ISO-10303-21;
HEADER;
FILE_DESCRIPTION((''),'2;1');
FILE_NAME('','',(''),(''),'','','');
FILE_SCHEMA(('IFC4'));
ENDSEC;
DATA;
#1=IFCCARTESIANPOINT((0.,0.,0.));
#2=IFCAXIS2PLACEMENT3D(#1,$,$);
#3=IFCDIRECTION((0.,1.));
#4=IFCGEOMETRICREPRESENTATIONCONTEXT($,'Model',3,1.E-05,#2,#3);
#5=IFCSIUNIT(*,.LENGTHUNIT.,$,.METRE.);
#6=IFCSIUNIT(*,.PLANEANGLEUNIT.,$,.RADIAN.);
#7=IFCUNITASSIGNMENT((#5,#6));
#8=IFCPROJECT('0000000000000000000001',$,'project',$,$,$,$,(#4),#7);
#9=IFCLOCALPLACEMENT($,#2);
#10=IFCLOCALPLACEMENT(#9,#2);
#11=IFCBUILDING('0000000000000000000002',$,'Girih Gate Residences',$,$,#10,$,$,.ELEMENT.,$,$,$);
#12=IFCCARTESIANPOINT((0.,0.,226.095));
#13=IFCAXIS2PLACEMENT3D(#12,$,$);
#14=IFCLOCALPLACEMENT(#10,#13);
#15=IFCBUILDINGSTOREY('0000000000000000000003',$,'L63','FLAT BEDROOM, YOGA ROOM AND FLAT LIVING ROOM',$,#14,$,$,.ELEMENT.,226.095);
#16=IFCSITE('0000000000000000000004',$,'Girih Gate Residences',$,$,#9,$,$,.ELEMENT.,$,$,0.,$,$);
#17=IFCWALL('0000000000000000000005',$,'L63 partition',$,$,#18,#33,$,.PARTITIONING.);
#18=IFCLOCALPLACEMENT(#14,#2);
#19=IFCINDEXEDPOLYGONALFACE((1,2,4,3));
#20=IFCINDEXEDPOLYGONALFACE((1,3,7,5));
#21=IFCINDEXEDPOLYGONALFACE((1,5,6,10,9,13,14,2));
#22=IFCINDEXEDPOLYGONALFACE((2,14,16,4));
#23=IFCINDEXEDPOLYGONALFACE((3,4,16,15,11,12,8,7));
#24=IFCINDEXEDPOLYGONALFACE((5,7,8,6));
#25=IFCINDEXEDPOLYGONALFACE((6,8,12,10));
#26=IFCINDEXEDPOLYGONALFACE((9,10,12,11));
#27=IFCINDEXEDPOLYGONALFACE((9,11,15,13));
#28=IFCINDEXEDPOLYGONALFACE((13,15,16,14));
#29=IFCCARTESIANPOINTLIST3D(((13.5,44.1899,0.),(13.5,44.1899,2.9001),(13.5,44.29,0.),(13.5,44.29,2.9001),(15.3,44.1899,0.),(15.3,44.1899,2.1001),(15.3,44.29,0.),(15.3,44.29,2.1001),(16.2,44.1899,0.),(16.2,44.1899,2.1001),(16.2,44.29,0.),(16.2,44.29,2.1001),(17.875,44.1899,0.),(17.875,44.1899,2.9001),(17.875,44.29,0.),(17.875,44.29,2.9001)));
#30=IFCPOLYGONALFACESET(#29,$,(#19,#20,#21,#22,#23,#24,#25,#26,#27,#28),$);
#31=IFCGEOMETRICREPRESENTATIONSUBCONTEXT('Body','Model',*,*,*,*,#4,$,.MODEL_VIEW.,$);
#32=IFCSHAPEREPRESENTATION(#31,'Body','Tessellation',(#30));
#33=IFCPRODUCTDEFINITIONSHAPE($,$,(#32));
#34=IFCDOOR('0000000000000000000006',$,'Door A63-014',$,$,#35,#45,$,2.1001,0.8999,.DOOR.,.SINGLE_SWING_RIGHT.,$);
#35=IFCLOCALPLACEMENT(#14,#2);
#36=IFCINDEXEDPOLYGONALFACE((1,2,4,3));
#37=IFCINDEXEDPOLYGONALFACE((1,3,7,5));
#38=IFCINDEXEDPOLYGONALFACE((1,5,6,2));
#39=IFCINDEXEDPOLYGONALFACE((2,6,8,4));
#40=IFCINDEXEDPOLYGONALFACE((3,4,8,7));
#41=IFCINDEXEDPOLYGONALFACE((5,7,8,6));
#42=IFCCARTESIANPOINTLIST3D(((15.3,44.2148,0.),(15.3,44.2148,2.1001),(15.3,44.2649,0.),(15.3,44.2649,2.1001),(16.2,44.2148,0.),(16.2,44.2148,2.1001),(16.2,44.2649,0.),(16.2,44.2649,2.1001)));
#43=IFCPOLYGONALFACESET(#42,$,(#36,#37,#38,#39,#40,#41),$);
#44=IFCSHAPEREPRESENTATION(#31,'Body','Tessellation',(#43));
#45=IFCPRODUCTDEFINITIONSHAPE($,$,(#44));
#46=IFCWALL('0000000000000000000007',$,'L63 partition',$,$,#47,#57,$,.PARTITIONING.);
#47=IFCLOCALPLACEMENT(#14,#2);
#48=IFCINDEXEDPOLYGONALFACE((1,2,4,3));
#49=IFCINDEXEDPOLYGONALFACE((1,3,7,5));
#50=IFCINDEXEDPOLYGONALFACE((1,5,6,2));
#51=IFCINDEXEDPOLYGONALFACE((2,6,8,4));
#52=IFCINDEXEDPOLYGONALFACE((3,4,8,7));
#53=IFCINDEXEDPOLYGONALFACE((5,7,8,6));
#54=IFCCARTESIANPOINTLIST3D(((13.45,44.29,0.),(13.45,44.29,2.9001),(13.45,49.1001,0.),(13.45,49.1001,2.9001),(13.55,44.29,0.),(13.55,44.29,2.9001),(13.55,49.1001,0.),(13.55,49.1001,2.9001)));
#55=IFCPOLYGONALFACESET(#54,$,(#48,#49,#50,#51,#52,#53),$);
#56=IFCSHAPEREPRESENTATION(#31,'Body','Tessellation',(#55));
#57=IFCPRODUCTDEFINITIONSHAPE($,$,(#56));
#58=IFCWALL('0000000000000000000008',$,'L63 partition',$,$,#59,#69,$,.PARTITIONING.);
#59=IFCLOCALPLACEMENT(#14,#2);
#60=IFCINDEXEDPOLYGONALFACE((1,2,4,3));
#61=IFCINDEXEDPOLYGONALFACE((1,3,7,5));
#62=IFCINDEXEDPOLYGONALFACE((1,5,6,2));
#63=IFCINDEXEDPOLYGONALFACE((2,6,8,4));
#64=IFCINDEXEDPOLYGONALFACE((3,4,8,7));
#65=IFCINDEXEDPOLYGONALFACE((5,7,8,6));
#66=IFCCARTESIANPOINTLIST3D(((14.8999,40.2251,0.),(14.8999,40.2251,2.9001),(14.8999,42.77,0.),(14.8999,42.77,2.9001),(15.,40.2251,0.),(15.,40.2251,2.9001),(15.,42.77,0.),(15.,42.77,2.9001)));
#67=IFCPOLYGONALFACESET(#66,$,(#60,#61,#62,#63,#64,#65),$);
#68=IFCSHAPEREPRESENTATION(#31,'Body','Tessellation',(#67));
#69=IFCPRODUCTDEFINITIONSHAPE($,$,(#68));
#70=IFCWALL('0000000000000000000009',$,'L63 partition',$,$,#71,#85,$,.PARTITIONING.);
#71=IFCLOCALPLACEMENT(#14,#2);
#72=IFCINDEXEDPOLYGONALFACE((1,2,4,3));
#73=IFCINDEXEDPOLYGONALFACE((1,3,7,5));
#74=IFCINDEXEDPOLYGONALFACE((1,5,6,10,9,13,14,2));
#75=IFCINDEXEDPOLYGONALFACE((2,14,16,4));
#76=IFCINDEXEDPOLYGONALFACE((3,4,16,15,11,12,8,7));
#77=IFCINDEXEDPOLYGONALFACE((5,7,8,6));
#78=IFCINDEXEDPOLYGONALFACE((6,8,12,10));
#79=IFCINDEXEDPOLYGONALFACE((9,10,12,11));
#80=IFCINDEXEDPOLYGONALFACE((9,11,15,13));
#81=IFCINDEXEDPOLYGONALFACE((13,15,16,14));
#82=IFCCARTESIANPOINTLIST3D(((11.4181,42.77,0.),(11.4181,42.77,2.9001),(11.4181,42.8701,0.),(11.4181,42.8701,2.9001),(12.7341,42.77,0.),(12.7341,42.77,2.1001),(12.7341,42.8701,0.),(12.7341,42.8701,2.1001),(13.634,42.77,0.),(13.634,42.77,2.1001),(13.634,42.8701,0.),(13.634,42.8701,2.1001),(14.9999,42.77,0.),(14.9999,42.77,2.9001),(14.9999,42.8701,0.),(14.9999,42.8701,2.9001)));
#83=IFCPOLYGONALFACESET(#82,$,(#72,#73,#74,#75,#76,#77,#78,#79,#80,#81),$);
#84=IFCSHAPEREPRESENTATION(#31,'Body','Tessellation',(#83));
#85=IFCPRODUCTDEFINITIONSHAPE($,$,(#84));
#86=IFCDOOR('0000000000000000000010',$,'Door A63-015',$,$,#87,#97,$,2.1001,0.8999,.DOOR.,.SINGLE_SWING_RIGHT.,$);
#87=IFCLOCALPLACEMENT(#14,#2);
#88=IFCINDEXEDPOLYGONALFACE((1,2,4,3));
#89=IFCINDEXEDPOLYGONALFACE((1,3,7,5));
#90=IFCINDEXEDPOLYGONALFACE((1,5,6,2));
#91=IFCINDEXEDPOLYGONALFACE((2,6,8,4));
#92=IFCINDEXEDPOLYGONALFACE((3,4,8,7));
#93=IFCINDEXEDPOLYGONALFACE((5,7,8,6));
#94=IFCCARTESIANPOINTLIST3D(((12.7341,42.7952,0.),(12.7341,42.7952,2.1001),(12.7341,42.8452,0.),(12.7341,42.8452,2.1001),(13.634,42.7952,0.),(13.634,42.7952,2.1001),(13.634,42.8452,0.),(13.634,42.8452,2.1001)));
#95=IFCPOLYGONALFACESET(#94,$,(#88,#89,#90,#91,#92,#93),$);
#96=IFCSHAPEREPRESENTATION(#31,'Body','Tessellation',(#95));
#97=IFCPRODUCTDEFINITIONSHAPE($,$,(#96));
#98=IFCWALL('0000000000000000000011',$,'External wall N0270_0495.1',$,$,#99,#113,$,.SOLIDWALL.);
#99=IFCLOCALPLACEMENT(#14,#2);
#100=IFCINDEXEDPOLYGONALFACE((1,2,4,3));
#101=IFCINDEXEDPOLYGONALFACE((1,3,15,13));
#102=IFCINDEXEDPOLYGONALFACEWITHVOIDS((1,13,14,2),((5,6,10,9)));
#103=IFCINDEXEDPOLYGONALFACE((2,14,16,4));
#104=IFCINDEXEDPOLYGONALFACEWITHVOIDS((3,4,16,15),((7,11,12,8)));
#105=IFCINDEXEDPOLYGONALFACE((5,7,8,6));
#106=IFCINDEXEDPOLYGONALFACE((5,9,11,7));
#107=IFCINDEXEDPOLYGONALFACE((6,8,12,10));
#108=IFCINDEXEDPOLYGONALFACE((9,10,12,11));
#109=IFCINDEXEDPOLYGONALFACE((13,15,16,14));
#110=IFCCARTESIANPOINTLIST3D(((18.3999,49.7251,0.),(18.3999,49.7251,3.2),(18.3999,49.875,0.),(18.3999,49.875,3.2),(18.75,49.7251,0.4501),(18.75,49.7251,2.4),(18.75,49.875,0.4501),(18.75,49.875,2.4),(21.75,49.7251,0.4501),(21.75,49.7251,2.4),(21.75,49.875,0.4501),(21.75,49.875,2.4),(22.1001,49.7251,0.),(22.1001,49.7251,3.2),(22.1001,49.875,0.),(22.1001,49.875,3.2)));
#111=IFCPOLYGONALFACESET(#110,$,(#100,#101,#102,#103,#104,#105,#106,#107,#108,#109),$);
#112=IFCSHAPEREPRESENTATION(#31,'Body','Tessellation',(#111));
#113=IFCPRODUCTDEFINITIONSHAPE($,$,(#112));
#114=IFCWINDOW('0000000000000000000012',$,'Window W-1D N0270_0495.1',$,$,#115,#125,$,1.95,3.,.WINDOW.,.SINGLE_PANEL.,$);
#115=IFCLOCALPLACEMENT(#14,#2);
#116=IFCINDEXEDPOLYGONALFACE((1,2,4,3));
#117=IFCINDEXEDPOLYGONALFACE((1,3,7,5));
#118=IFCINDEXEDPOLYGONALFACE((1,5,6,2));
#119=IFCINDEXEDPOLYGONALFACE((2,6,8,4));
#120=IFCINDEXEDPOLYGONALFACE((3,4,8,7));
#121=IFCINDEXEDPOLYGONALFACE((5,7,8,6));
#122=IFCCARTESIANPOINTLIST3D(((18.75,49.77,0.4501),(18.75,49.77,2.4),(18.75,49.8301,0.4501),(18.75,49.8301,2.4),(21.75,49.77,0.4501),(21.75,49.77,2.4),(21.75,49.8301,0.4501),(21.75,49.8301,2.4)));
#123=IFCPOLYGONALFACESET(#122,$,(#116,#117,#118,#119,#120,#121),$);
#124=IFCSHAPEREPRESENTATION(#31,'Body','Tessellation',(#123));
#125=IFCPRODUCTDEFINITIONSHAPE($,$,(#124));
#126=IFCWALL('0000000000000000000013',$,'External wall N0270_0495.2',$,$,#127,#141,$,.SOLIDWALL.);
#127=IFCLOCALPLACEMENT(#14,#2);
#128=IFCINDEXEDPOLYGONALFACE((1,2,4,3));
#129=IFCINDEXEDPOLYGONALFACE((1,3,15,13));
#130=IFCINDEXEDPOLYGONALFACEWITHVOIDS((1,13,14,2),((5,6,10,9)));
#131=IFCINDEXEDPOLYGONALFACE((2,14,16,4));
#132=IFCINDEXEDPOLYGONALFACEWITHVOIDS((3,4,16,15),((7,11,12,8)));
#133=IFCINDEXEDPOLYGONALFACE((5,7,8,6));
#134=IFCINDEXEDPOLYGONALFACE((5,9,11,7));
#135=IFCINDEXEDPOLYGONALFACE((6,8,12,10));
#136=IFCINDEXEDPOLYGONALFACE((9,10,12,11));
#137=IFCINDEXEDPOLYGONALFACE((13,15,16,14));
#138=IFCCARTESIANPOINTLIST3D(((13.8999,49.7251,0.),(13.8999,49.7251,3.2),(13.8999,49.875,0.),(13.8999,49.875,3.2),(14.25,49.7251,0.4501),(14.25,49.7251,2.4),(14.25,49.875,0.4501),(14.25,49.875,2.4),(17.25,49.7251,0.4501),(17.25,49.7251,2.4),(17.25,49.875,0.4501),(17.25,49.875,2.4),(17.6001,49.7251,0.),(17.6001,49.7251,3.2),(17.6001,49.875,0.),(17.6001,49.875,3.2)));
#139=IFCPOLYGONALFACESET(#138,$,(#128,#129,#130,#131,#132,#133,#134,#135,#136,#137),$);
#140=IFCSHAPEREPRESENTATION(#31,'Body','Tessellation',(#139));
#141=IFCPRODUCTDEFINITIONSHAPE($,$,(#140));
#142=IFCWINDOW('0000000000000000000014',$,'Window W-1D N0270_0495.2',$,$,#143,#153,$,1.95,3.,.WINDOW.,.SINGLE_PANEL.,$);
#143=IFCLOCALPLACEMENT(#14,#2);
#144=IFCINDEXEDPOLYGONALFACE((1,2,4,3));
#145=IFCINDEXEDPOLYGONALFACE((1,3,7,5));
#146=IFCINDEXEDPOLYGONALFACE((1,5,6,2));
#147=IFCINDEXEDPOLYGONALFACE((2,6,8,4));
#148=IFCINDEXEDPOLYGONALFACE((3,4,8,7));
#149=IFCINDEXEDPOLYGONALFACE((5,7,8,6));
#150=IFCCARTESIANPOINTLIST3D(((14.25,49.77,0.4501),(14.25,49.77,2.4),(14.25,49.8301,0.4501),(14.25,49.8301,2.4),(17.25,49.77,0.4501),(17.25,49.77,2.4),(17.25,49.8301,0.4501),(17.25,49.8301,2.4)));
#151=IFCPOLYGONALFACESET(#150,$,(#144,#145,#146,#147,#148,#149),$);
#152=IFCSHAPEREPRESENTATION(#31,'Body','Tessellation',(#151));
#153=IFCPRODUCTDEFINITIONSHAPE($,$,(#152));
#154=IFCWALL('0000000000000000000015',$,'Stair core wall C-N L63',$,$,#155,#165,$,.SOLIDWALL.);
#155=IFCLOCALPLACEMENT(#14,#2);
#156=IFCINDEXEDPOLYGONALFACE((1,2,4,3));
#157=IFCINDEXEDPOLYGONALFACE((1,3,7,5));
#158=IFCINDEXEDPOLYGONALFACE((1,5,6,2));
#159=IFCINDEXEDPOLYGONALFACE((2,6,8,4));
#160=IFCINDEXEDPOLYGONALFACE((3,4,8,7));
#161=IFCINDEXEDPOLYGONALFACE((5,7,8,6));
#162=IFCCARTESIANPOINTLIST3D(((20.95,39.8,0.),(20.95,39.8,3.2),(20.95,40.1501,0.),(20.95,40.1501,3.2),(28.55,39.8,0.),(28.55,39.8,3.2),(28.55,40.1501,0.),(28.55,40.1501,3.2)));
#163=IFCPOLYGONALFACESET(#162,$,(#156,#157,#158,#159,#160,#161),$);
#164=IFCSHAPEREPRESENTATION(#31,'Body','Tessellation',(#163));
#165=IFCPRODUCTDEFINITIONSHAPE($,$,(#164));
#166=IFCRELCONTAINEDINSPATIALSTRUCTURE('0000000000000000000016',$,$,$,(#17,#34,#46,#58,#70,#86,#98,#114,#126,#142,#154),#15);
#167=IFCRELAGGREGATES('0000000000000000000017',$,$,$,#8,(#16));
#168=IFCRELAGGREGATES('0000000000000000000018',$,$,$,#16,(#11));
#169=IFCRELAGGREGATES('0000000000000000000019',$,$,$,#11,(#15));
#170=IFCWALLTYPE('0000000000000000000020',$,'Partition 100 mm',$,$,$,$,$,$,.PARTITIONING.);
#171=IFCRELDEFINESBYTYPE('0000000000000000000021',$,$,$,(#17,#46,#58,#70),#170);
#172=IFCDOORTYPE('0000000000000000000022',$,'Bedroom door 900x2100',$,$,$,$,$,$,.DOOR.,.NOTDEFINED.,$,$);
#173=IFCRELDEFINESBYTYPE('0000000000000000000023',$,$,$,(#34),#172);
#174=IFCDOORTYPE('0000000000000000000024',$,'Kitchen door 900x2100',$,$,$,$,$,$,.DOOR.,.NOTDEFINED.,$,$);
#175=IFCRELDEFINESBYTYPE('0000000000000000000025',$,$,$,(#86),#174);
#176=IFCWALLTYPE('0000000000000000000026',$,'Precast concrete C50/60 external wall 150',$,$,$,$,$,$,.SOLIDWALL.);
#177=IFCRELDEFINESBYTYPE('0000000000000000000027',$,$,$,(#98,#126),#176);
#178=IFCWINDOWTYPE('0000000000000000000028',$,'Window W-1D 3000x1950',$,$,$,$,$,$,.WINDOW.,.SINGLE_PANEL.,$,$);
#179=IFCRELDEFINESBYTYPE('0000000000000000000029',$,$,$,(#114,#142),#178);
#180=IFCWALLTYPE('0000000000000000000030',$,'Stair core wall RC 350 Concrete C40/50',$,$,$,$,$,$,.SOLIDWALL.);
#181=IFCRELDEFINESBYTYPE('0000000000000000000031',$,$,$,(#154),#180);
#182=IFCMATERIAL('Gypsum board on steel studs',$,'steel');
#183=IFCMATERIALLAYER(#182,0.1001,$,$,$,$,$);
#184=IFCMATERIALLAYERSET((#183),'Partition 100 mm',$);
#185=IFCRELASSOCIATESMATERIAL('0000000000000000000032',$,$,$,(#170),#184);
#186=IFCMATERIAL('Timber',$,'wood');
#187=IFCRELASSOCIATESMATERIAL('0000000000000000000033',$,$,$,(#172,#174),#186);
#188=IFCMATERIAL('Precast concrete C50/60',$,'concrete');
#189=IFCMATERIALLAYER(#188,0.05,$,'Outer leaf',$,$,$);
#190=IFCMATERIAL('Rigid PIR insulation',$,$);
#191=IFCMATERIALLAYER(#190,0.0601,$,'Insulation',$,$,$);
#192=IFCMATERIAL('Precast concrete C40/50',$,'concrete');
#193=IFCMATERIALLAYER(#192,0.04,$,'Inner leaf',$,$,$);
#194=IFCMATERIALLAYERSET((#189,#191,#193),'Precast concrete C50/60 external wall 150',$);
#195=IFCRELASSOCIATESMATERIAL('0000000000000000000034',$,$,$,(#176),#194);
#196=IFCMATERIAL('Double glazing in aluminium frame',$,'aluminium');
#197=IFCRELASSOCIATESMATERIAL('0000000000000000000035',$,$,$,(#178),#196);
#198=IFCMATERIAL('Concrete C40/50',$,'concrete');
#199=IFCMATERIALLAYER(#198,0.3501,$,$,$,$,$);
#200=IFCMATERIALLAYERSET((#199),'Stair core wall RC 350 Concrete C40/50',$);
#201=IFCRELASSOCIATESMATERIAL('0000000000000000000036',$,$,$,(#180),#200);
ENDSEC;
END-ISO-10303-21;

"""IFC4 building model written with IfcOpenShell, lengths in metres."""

from ifc_helpers import new_model, si_unit, direction, frame, frame_2d, origin, place, context, subcontext, project, spatial, rectangle, extrude, material, layer, layer_set, type_object, element, fill, save


model = new_model("IFC4")

# Units and contexts
model_context = context("Model", 3, precision=1e-05, world=origin(), true_north=direction((0.0, 1.0)))
body_context = subcontext(model_context, "Body", "Model", "MODEL_VIEW")
ifc_project = project(units=[si_unit("LENGTHUNIT", "METRE"), si_unit("PLANEANGLEUNIT", "RADIAN")], contexts=[model_context])

# Site, building, storey
site_placement = place(None, origin())
site = spatial("IfcSite", under=ifc_project, at=site_placement, Name="Girih Gate Residences", CompositionType="ELEMENT", RefElevation=0.0)
building_placement = place(site_placement, origin())
building = spatial("IfcBuilding", under=site, at=building_placement, Name="Girih Gate Residences", CompositionType="ELEMENT")
storey_placement = place(building_placement, frame((0.0, 0.0, 226.095)))
storey = spatial("IfcBuildingStorey", under=building, at=storey_placement, Name="L63", Description="FLAT BEDROOM, YOGA ROOM AND FLAT LIVING ROOM", CompositionType="ELEMENT", Elevation=226.095)

# Shared definitions
ifc_material_1 = material(Name="Gypsum board on steel studs", Category="steel")

# Wall, opening, door
ifc_layer_1 = layer(ifc_material_1, 0.1001)
ifc_layer_set_1 = layer_set([ifc_layer_1], Name="Partition 100 mm")
wall_type_1 = type_object("IfcWallType", Name="Partition 100 mm", PredefinedType="PARTITIONING", material=ifc_layer_set_1)
wall_1_placement = place(storey_placement, frame((13.5, 44.24, 0.0), z_axis=(0.0, 0.0, 1.0), x_axis=(1.0, 0.0, 0.0)))
wall_1 = element("IfcWall", 1, at=wall_1_placement, inside=storey, type_object=wall_type_1, Name="L63 partition", PredefinedType="PARTITIONING", context=body_context, shape_type="SweptSolid", body=[
    extrude(rectangle(XDim=4.375, YDim=0.1001, at=frame_2d((2.1875, 0.0))), origin(), (0.0, 0.0, 1.0), 2.9001),
])
opening_1_placement = place(wall_1_placement, frame((1.8, 0.0, 0.0)))
opening_1 = element("IfcOpeningElement", 2, at=opening_1_placement, cuts=wall_1, PredefinedType="OPENING", context=body_context, shape_type="SweptSolid", body=[
    extrude(rectangle(XDim=0.8999, YDim=2.1001, at=frame_2d((0.45, 1.05))), frame((0.0, 0.0601, 0.0), z_axis=(0.0, -1.0, 0.0), x_axis=(1.0, 0.0, 0.0)), (0.0, 0.0, 1.0), 0.1201),
])
ifc_material_2 = material(Name="Timber", Category="wood")
door_type_1 = type_object("IfcDoorType", Name="Bedroom door 900x2100", OperationType="NOTDEFINED", PredefinedType="DOOR", material=ifc_material_2)
door_1_placement = place(opening_1_placement, origin())
door_1 = element("IfcDoor", 3, at=door_1_placement, inside=storey, type_object=door_type_1, Name="Door A63-014", OperationType="SINGLE_SWING_RIGHT", OverallHeight=2.1001, OverallWidth=0.8999, PredefinedType="DOOR", context=body_context, shape_type="SweptSolid", body=[
    extrude(rectangle(XDim=0.8999, YDim=2.1001, at=frame_2d((0.45, 1.05))), frame((0.0, 0.0249, 0.0), z_axis=(0.0, -1.0, 0.0), x_axis=(1.0, 0.0, 0.0)), (0.0, 0.0, 1.0), 0.05),
])
fill(opening_1, door_1)

# Walls
wall_2_placement = place(storey_placement, frame((13.5, 44.29, 0.0), z_axis=(0.0, 0.0, 1.0), x_axis=(0.0, 1.0, 0.0)))
element("IfcWall", 4, at=wall_2_placement, inside=storey, type_object=wall_type_1, Name="L63 partition", PredefinedType="PARTITIONING", context=body_context, shape_type="SweptSolid", body=[
    extrude(rectangle(XDim=4.8101, YDim=0.1001, at=frame_2d((2.405, 0.0))), origin(), (0.0, 0.0, 1.0), 2.9001),
])
wall_3_placement = place(storey_placement, frame((14.95, 40.2251, 0.0), z_axis=(0.0, 0.0, 1.0), x_axis=(0.0, 1.0, 0.0)))
element("IfcWall", 5, at=wall_3_placement, inside=storey, type_object=wall_type_1, Name="L63 partition", PredefinedType="PARTITIONING", context=body_context, shape_type="SweptSolid", body=[
    extrude(rectangle(XDim=2.5449, YDim=0.1001, at=frame_2d((1.2725, 0.0))), origin(), (0.0, 0.0, 1.0), 2.9001),
])

# Wall, opening, door
wall_4_placement = place(storey_placement, frame((15.0, 42.8201, 0.0), z_axis=(0.0, 0.0, 1.0), x_axis=(-1.0, 0.0, 0.0)))
wall_4 = element("IfcWall", 6, at=wall_4_placement, inside=storey, type_object=wall_type_1, Name="L63 partition", PredefinedType="PARTITIONING", context=body_context, shape_type="SweptSolid", body=[
    extrude(rectangle(XDim=3.5818, YDim=0.1001, at=frame_2d((1.791, 0.0))), origin(), (0.0, 0.0, 1.0), 2.9001),
])
opening_2_placement = place(wall_4_placement, frame((1.366, 0.0, 0.0)))
opening_2 = element("IfcOpeningElement", 7, at=opening_2_placement, cuts=wall_4, PredefinedType="OPENING", context=body_context, shape_type="SweptSolid", body=[
    extrude(rectangle(XDim=0.8999, YDim=2.1001, at=frame_2d((0.45, 1.05))), frame((0.0, 0.0601, 0.0), z_axis=(0.0, -1.0, 0.0), x_axis=(1.0, 0.0, 0.0)), (0.0, 0.0, 1.0), 0.1201),
])
door_type_2 = type_object("IfcDoorType", Name="Kitchen door 900x2100", OperationType="NOTDEFINED", PredefinedType="DOOR", material=ifc_material_2)
door_2_placement = place(opening_2_placement, origin())
door_2 = element("IfcDoor", 8, at=door_2_placement, inside=storey, type_object=door_type_2, Name="Door A63-015", OperationType="SINGLE_SWING_RIGHT", OverallHeight=2.1001, OverallWidth=0.8999, PredefinedType="DOOR", context=body_context, shape_type="SweptSolid", body=[
    extrude(rectangle(XDim=0.8999, YDim=2.1001, at=frame_2d((0.45, 1.05))), frame((0.0, 0.0249, 0.0), z_axis=(0.0, -1.0, 0.0), x_axis=(1.0, 0.0, 0.0)), (0.0, 0.0, 1.0), 0.05),
])
fill(opening_2, door_2)

# Walls, openings, windows
ifc_material_3 = material(Name="Precast concrete C50/60", Category="concrete")
ifc_layer_2 = layer(ifc_material_3, 0.05, Name="Outer leaf")
ifc_material_4 = material(Name="Rigid PIR insulation")
ifc_layer_3 = layer(ifc_material_4, 0.0601, Name="Insulation")
ifc_material_5 = material(Name="Precast concrete C40/50", Category="concrete")
ifc_layer_4 = layer(ifc_material_5, 0.04, Name="Inner leaf")
ifc_layer_set_2 = layer_set([ifc_layer_2, ifc_layer_3, ifc_layer_4], Name="Precast concrete C50/60 external wall 150")
wall_type_2 = type_object("IfcWallType", Name="Precast concrete C50/60 external wall 150", PredefinedType="SOLIDWALL", material=ifc_layer_set_2)
wall_5_placement = place(storey_placement, frame((18.3999, 49.8, 0.0), z_axis=(0.0, 0.0, 1.0), x_axis=(1.0, 0.0, 0.0)))
wall_5 = element("IfcWall", 9, at=wall_5_placement, inside=storey, type_object=wall_type_2, Name="External wall N0270_0495.1", PredefinedType="SOLIDWALL", context=body_context, shape_type="SweptSolid", body=[
    extrude(rectangle(XDim=3.7002, YDim=0.1499, at=frame_2d((1.8501, 0.0))), origin(), (0.0, 0.0, 1.0), 3.2),
])
opening_3_placement = place(wall_5_placement, frame((0.3501, 0.0, 0.45)))
opening_3 = element("IfcOpeningElement", 10, at=opening_3_placement, cuts=wall_5, PredefinedType="OPENING", context=body_context, shape_type="SweptSolid", body=[
    extrude(rectangle(XDim=3.0, YDim=1.95, at=frame_2d((1.5, 0.9751))), frame((0.0, 0.085, 0.0), z_axis=(0.0, -1.0, 0.0), x_axis=(1.0, 0.0, 0.0)), (0.0, 0.0, 1.0), 0.1699),
])
ifc_material_6 = material(Name="Double glazing in aluminium frame", Category="aluminium")
window_type = type_object("IfcWindowType", Name="Window W-1D 3000x1950", PartitioningType="SINGLE_PANEL", PredefinedType="WINDOW", material=ifc_material_6)
window_1_placement = place(opening_3_placement, origin())
window_1 = element("IfcWindow", 11, at=window_1_placement, inside=storey, type_object=window_type, Name="Window W-1D N0270_0495.1", OverallHeight=1.95, OverallWidth=3.0, PartitioningType="SINGLE_PANEL", PredefinedType="WINDOW", context=body_context, shape_type="SweptSolid", body=[
    extrude(rectangle(XDim=3.0, YDim=1.95, at=frame_2d((1.5, 0.9751))), frame((0.0, 0.03, 0.0), z_axis=(0.0, -1.0, 0.0), x_axis=(1.0, 0.0, 0.0)), (0.0, 0.0, 1.0), 0.0601),
])
fill(opening_3, window_1)
wall_6_placement = place(storey_placement, frame((13.8999, 49.8, 0.0), z_axis=(0.0, 0.0, 1.0), x_axis=(1.0, 0.0, 0.0)))
wall_6 = element("IfcWall", 12, at=wall_6_placement, inside=storey, type_object=wall_type_2, Name="External wall N0270_0495.2", PredefinedType="SOLIDWALL", context=body_context, shape_type="SweptSolid", body=[
    extrude(rectangle(XDim=3.7002, YDim=0.1499, at=frame_2d((1.8501, 0.0))), origin(), (0.0, 0.0, 1.0), 3.2),
])
opening_4_placement = place(wall_6_placement, frame((0.3501, 0.0, 0.45)))
opening_4 = element("IfcOpeningElement", 13, at=opening_4_placement, cuts=wall_6, PredefinedType="OPENING", context=body_context, shape_type="SweptSolid", body=[
    extrude(rectangle(XDim=3.0, YDim=1.95, at=frame_2d((1.5, 0.9751))), frame((0.0, 0.085, 0.0), z_axis=(0.0, -1.0, 0.0), x_axis=(1.0, 0.0, 0.0)), (0.0, 0.0, 1.0), 0.1699),
])
window_2_placement = place(opening_4_placement, origin())
window_2 = element("IfcWindow", 14, at=window_2_placement, inside=storey, type_object=window_type, Name="Window W-1D N0270_0495.2", OverallHeight=1.95, OverallWidth=3.0, PartitioningType="SINGLE_PANEL", PredefinedType="WINDOW", context=body_context, shape_type="SweptSolid", body=[
    extrude(rectangle(XDim=3.0, YDim=1.95, at=frame_2d((1.5, 0.9751))), frame((0.0, 0.03, 0.0), z_axis=(0.0, -1.0, 0.0), x_axis=(1.0, 0.0, 0.0)), (0.0, 0.0, 1.0), 0.0601),
])
fill(opening_4, window_2)

# Wall
ifc_material_7 = material(Name="Concrete C40/50", Category="concrete")
ifc_layer_5 = layer(ifc_material_7, 0.3501)
ifc_layer_set_3 = layer_set([ifc_layer_5], Name="Stair core wall RC 350 Concrete C40/50")
wall_type_3 = type_object("IfcWallType", Name="Stair core wall RC 350 Concrete C40/50", PredefinedType="SOLIDWALL", material=ifc_layer_set_3)
wall_7_placement = place(storey_placement, frame((20.95, 39.9751, 0.0), z_axis=(0.0, 0.0, 1.0), x_axis=(1.0, 0.0, 0.0)))
element("IfcWall", 15, at=wall_7_placement, inside=storey, type_object=wall_type_3, Name="Stair core wall C-N L63", PredefinedType="SOLIDWALL", context=body_context, shape_type="SweptSolid", body=[
    extrude(rectangle(XDim=7.6001, YDim=0.3501, at=frame_2d((3.8, 0.0))), origin(), (0.0, 0.0, 1.0), 3.2),
])

save(model, "model.ifc")
